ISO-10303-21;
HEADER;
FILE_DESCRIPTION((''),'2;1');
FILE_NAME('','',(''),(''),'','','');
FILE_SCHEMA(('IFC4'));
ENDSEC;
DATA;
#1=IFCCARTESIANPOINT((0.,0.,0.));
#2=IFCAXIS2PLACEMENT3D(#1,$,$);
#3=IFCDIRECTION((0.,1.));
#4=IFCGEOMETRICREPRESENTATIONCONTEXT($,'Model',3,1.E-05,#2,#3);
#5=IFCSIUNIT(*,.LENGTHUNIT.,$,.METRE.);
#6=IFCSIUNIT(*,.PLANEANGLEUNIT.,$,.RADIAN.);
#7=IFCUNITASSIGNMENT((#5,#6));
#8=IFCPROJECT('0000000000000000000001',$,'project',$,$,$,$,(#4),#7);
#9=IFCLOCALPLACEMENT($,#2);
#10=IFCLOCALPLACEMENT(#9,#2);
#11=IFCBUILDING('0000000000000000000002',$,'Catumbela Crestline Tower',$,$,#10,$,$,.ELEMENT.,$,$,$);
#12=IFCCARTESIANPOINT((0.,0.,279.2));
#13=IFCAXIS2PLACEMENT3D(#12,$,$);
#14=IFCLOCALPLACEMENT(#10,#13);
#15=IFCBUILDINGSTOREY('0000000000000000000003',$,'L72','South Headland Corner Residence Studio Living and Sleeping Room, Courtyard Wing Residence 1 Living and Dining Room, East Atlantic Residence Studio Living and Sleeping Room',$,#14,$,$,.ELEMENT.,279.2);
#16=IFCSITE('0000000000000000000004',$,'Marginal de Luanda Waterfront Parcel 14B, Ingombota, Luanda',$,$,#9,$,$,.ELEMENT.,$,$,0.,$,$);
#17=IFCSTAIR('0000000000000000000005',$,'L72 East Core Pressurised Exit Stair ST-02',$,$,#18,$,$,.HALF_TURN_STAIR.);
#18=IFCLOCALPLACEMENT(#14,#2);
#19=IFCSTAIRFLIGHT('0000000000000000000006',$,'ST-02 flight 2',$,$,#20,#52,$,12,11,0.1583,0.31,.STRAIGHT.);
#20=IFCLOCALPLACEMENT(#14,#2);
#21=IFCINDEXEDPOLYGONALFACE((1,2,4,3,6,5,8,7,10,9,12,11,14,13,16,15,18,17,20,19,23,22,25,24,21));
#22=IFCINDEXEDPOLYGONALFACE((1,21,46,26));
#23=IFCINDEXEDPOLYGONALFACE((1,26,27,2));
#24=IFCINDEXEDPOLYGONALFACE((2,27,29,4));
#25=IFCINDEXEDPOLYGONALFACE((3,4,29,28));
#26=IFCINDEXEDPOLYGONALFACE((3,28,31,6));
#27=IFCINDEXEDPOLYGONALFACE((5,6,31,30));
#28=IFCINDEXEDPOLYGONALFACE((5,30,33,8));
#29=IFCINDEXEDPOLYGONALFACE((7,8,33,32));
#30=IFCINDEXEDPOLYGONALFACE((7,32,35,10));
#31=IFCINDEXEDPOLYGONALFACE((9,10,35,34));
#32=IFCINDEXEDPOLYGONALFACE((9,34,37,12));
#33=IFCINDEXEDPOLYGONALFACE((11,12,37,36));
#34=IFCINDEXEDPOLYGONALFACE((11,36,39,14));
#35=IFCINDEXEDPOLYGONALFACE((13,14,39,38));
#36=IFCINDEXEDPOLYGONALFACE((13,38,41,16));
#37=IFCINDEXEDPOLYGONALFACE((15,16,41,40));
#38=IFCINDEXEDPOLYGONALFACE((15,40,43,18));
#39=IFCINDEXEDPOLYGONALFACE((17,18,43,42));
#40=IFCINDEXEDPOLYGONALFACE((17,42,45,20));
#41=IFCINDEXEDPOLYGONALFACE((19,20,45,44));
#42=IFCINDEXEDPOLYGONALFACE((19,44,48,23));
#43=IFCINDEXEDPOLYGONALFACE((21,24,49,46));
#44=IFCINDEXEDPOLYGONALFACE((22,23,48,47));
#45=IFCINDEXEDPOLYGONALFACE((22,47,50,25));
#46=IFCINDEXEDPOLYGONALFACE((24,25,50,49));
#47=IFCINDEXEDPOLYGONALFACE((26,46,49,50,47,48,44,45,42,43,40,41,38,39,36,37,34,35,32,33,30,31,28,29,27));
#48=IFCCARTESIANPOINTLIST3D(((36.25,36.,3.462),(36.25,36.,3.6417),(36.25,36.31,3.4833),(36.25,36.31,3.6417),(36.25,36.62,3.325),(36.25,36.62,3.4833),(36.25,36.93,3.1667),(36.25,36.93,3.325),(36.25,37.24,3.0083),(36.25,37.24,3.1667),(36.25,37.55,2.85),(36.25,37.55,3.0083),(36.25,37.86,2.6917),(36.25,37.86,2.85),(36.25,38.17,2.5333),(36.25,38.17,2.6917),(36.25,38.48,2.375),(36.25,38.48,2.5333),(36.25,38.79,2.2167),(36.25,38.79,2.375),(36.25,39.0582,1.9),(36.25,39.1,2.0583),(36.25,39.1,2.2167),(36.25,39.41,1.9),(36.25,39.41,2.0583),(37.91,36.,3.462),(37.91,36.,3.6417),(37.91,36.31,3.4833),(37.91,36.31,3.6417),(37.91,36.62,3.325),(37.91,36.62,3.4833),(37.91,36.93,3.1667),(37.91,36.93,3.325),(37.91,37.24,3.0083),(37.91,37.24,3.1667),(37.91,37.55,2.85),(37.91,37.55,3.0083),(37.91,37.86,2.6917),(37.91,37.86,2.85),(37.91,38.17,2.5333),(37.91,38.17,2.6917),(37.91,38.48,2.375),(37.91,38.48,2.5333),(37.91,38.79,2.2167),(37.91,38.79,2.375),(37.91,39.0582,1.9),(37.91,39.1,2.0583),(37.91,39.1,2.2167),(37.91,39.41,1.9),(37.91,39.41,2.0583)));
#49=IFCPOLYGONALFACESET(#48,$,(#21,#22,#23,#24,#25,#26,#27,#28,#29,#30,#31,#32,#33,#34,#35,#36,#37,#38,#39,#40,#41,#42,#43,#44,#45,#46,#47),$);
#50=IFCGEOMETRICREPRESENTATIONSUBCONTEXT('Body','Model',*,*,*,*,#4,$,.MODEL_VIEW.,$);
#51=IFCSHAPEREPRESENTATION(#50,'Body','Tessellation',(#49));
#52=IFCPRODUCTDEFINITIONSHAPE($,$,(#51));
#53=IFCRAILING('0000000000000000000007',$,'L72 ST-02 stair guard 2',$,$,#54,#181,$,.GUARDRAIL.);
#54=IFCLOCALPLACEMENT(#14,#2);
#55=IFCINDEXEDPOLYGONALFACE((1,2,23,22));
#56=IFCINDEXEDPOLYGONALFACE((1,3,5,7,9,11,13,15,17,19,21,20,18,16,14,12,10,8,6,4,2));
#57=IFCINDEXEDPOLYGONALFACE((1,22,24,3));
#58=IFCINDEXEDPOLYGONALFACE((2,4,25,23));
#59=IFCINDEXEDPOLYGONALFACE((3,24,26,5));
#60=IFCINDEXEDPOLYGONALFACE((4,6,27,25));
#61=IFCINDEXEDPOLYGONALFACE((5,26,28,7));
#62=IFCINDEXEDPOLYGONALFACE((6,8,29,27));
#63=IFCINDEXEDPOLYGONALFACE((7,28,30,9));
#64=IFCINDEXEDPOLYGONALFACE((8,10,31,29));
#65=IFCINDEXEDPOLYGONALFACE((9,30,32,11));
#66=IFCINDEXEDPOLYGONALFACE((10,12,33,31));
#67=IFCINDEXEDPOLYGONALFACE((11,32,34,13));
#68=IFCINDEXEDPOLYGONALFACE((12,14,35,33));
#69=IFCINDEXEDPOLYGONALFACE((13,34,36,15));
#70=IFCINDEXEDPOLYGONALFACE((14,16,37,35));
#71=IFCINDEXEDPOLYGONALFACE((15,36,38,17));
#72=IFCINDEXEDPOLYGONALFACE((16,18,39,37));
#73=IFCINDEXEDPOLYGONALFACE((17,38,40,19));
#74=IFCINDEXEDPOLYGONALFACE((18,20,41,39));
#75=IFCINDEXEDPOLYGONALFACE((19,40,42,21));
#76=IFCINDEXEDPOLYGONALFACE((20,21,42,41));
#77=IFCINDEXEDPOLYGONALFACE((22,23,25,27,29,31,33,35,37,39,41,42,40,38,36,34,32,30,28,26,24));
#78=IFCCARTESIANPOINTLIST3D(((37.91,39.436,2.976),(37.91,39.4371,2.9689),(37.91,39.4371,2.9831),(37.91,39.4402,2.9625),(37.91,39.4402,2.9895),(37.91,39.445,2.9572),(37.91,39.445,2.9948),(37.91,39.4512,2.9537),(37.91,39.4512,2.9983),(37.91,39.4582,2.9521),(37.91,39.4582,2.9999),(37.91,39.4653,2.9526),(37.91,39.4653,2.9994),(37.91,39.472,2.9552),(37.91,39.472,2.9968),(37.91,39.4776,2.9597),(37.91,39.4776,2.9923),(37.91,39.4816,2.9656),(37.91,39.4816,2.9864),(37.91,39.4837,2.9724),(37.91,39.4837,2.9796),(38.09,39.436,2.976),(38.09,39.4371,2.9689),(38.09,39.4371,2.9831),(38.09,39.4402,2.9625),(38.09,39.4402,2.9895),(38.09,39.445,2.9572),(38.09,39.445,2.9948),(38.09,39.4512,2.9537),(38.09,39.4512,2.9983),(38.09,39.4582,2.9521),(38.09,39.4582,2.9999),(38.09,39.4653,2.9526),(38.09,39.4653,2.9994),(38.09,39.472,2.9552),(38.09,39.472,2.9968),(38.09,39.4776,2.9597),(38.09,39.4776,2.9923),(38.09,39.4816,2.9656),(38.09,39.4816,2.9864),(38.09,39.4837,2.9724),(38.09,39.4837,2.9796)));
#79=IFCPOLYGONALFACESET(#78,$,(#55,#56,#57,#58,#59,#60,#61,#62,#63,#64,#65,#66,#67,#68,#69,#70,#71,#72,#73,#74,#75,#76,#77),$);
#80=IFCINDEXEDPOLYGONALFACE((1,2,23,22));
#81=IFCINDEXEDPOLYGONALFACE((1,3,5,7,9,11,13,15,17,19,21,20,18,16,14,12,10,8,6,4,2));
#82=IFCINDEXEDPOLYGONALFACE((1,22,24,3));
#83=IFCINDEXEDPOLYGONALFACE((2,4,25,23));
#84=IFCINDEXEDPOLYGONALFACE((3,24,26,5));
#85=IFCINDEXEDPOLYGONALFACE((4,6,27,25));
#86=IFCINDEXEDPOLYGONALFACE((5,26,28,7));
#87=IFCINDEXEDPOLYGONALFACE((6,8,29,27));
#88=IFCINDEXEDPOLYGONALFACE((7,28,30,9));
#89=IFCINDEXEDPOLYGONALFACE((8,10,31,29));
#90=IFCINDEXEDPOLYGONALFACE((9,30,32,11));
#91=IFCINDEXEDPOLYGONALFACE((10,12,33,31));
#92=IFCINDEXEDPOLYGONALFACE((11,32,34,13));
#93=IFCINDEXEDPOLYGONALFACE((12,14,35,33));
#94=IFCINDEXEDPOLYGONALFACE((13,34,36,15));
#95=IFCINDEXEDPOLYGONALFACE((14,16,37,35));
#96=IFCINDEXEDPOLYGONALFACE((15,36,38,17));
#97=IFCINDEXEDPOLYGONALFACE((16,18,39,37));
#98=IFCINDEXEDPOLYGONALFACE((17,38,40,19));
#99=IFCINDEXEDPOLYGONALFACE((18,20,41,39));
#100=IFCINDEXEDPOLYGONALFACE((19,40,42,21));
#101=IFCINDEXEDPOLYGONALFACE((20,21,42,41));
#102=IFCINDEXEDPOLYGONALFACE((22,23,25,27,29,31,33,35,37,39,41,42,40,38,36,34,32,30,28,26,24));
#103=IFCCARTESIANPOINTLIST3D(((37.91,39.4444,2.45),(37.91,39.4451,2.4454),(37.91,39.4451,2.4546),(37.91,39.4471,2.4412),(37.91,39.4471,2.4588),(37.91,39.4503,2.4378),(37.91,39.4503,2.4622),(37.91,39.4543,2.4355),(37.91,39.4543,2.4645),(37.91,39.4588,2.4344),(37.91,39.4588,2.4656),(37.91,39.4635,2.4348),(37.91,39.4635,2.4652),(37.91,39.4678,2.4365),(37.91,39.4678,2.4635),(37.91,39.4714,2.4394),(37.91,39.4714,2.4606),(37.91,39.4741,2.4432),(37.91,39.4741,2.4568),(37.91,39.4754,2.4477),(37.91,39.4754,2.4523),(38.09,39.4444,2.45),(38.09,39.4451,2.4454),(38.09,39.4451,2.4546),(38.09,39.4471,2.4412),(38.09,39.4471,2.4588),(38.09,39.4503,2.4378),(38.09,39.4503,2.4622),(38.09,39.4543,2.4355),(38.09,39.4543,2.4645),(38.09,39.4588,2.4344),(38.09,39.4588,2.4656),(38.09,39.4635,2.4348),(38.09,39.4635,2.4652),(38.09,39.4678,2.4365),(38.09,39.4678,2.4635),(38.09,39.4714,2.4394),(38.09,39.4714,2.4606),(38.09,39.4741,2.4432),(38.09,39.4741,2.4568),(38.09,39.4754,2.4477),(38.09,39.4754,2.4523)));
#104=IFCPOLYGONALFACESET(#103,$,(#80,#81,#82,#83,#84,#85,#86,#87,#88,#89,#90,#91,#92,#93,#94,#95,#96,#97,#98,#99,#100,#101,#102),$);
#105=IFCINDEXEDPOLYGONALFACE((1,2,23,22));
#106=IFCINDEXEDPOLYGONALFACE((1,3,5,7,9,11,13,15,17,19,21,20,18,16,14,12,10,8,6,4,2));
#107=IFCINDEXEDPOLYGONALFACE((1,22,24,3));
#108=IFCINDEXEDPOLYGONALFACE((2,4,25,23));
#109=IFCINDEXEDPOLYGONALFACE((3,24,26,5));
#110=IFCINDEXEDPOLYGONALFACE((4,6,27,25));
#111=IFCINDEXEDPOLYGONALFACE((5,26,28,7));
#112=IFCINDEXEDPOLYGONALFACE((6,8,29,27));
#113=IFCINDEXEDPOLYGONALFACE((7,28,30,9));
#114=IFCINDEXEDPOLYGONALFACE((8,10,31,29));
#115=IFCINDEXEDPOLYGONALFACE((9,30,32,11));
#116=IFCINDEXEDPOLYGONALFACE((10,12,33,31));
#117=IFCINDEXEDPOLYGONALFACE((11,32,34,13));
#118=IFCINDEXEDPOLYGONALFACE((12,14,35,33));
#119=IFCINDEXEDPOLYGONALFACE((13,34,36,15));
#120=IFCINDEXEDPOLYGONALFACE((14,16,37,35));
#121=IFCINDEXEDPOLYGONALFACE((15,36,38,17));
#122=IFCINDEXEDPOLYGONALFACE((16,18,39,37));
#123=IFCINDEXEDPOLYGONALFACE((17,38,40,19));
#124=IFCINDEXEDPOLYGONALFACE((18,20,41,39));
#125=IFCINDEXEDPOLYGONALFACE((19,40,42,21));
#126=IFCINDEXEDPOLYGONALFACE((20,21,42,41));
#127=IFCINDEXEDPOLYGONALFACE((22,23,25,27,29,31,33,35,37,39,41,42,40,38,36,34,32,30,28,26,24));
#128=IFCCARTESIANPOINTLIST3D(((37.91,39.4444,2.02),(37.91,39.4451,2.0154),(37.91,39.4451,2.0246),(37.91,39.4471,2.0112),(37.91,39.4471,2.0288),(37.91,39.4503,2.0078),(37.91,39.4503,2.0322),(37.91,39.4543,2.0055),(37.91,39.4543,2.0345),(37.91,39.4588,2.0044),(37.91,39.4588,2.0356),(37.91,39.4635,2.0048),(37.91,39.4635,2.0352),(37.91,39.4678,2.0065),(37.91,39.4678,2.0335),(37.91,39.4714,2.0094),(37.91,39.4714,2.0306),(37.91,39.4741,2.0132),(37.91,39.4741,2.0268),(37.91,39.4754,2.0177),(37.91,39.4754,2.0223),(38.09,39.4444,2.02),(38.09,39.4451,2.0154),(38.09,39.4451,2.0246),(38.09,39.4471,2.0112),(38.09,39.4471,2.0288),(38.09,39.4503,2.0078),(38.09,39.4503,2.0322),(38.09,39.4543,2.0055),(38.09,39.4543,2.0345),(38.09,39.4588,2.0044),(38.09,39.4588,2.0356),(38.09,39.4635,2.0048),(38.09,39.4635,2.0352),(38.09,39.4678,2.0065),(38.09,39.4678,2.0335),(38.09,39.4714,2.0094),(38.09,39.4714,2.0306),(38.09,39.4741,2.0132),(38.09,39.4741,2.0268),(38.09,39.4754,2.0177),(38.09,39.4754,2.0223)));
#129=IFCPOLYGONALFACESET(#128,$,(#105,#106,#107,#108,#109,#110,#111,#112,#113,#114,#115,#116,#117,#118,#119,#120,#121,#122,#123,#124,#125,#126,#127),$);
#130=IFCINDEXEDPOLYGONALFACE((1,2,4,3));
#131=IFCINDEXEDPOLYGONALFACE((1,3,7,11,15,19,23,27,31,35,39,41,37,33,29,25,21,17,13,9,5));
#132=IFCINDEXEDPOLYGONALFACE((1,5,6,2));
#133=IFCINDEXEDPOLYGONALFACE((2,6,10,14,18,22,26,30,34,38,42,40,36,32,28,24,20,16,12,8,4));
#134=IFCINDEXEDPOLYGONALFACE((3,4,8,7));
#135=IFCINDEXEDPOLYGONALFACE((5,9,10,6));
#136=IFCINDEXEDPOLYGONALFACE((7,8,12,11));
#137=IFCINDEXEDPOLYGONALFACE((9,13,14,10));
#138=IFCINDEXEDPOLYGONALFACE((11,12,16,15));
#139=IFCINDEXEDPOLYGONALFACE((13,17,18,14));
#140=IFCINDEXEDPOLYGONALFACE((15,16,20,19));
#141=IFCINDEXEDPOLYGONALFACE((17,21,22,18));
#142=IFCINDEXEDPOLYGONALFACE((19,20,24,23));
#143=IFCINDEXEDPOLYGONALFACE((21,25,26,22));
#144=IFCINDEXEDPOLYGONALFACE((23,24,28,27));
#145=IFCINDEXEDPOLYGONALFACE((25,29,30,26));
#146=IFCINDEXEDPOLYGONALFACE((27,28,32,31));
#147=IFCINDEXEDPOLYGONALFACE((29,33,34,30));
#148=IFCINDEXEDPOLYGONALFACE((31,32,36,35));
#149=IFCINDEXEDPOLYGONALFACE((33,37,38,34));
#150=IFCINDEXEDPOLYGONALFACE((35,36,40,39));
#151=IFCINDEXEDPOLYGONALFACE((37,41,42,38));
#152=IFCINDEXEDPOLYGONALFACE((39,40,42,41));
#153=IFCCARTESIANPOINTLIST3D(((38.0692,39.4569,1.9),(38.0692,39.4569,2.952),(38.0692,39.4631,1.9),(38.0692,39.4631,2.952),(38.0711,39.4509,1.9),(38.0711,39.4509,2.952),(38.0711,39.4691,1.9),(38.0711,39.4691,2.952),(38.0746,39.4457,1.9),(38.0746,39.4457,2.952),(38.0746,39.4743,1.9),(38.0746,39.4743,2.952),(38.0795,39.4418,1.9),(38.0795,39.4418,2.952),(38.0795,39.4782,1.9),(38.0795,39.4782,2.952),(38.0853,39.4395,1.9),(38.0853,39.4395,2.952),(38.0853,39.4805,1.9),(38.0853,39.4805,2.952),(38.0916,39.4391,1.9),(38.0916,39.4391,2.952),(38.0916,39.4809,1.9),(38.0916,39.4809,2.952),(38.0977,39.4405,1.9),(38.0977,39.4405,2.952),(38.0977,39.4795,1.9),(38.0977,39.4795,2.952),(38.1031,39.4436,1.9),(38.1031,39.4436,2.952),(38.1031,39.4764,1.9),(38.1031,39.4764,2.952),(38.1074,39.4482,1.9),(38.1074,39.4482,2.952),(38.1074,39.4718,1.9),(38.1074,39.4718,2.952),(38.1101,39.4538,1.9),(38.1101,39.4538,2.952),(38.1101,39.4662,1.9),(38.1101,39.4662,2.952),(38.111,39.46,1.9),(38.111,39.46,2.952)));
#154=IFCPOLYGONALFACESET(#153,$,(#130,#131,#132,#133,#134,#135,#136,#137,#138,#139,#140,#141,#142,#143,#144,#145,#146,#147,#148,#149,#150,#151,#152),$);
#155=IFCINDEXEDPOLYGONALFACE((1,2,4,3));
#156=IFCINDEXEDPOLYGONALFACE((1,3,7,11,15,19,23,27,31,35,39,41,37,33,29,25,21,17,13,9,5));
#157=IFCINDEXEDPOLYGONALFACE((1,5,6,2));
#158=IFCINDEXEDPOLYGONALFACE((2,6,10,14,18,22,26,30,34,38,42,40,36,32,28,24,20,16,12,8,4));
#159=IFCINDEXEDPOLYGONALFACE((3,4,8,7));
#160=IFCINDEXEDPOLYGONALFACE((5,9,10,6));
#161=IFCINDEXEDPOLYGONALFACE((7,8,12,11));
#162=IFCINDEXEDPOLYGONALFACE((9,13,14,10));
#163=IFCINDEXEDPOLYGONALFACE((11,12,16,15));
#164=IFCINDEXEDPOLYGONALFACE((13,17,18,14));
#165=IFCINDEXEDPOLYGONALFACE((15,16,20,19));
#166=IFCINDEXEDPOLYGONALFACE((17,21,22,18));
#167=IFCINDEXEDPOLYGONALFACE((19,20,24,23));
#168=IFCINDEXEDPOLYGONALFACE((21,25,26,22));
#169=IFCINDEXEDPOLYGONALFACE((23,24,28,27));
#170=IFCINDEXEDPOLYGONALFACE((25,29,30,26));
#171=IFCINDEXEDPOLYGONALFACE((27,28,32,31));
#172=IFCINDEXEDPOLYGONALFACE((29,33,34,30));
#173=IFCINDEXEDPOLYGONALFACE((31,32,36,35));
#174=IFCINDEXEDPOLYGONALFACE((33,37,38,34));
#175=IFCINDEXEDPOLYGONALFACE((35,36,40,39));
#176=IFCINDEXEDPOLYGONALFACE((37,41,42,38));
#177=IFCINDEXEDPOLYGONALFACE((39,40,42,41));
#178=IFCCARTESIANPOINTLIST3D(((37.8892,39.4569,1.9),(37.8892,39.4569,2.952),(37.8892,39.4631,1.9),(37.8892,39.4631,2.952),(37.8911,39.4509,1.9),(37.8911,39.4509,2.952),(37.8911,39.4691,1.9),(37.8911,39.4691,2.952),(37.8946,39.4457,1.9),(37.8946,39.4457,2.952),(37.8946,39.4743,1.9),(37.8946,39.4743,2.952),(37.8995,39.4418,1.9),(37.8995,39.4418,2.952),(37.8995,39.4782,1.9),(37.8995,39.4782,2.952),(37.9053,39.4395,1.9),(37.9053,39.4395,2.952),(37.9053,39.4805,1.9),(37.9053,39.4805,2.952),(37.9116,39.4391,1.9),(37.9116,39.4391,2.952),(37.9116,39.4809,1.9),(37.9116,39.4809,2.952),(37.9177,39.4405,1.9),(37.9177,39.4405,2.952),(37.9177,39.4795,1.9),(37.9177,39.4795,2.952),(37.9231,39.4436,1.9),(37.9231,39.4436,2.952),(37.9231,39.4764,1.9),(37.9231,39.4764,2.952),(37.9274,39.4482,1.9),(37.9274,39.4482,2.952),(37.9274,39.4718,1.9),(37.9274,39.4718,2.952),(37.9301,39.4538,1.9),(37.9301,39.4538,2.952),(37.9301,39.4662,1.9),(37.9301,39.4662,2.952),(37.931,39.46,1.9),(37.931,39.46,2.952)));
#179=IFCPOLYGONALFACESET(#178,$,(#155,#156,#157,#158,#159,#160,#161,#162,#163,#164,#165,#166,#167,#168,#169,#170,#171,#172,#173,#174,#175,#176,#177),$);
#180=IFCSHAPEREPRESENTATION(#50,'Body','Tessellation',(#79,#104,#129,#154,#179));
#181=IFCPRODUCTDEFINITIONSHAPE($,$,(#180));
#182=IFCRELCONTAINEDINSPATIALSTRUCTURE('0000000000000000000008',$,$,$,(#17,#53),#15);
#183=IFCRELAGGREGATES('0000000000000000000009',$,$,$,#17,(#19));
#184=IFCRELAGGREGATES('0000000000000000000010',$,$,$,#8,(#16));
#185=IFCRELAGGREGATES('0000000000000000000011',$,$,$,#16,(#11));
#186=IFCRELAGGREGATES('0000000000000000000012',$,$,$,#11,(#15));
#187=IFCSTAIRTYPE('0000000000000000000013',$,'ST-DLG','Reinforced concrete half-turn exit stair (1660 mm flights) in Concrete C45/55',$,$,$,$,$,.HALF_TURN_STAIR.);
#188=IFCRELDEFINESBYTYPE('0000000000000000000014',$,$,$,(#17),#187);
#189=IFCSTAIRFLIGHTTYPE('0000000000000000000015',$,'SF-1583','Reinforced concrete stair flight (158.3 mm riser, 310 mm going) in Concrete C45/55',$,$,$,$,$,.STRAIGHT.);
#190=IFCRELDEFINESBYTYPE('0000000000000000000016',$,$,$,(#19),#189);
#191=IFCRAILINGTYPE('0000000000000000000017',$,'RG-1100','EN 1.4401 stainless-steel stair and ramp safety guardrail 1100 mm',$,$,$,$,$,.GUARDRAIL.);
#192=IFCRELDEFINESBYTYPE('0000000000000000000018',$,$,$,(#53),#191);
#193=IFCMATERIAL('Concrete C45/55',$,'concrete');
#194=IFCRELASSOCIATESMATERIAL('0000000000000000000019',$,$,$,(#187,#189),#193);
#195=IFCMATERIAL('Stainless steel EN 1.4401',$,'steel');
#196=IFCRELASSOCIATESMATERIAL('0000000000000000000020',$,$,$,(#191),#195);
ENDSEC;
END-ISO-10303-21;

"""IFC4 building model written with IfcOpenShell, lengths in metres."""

from ifc_helpers import new_model, si_unit, direction, frame, origin, origin_2d, place, context, subcontext, project, spatial, polyline, circle, outline, extrude, material, type_object, element, aggregate, save


model = new_model("IFC4")

# Units and contexts
model_context = context("Model", 3, precision=1e-05, world=origin(), true_north=direction((0.0, 1.0)))
body_context = subcontext(model_context, "Body", "Model", "MODEL_VIEW")
ifc_project = project(units=[si_unit("LENGTHUNIT", "METRE"), si_unit("PLANEANGLEUNIT", "RADIAN")], contexts=[model_context])

# Site, building, storey
site_placement = place(None, origin())
site = spatial("IfcSite", under=ifc_project, at=site_placement, Name="Marginal de Luanda Waterfront Parcel 14B, Ingombota, Luanda", CompositionType="ELEMENT", RefElevation=0.0)
building_placement = place(site_placement, origin())
building = spatial("IfcBuilding", under=site, at=building_placement, Name="Catumbela Crestline Tower", CompositionType="ELEMENT")
storey_placement = place(building_placement, frame((0.0, 0.0, 279.2)))
storey = spatial("IfcBuildingStorey", under=building, at=storey_placement, Name="L72", Description="South Headland Corner Residence Studio Living and Sleeping Room, Courtyard Wing Residence 1 Living and Dining Room, East Atlantic Residence Studio Living and Sleeping Room", CompositionType="ELEMENT", Elevation=279.2)

# Shared definitions
ifc_material_1 = material(Name="Stainless steel EN 1.4401", Category="steel")

# Stair, stair flight
ifc_material_2 = material(Name="Concrete C45/55", Category="concrete")
stair_type = type_object("IfcStairType", Name="ST-DLG", Description="Reinforced concrete half-turn exit stair (1660 mm flights) in Concrete C45/55", PredefinedType="HALF_TURN_STAIR", material=ifc_material_2)
stair_placement = place(storey_placement, origin())
stair = element("IfcStair", 1, at=stair_placement, inside=storey, type_object=stair_type, Name="L72 East Core Pressurised Exit Stair ST-02", PredefinedType="HALF_TURN_STAIR")
stair_flight_type = type_object("IfcStairFlightType", Name="SF-1583", Description="Reinforced concrete stair flight (158.3 mm riser, 310 mm going) in Concrete C45/55", PredefinedType="STRAIGHT", material=ifc_material_2)
stair_flight_1_placement = place(storey_placement, frame((37.08, 39.41, 1.9), z_axis=(0.0, 0.0, 1.0), x_axis=(0.0, -1.0, 0.0)))
stair_flight_1 = element("IfcStairFlight", 2, at=stair_flight_1_placement, type_object=stair_flight_type, Name="ST-02 flight 2", NumberOfRisers=12, NumberOfTreads=11, PredefinedType="STRAIGHT", RiserHeight=0.1583, TreadLength=0.31, context=body_context, shape_type="SweptSolid", body=[
    extrude(outline(polyline([(0.0, 0.0), (0.0, 0.1583), (0.31, 0.1583), (0.31, 0.3167), (0.62, 0.3167), (0.62, 0.475), (0.93, 0.475), (0.93, 0.6333), (1.24, 0.6333), (1.24, 0.7917), (1.55, 0.7917), (1.55, 0.95), (1.86, 0.95), (1.86, 1.1083), (2.17, 1.1083), (2.17, 1.2667), (2.48, 1.2667), (2.48, 1.425), (2.79, 1.425), (2.79, 1.5833), (3.1, 1.5833), (3.1, 1.7417), (3.41, 1.7417), (3.41, 1.9), (3.41, 1.562), (0.3518, 0.0), (0.0, 0.0)])), frame((0.0, 0.83, 0.0), z_axis=(0.0, -1.0, 0.0), x_axis=(1.0, 0.0, 0.0)), (0.0, 0.0, 1.0), 1.66),
])
aggregate(stair, [stair_flight_1])

# Railing
railing_type_1 = type_object("IfcRailingType", Name="RG-1100", Description="EN 1.4401 stainless-steel stair and ramp safety guardrail 1100 mm", PredefinedType="GUARDRAIL", material=ifc_material_1)
railing_1_placement = place(storey_placement, frame((38.09, 39.46, 1.9)))
element("IfcRailing", 3, at=railing_1_placement, inside=storey, type_object=railing_type_1, Name="L72 ST-02 stair guard 2", PredefinedType="GUARDRAIL", context=body_context, shape_type="SweptSolid", body=[
    extrude(circle(Radius=0.024, at=origin_2d()), frame((0.0, 0.0, 1.076), z_axis=(-1.0, 0.0, 0.0), x_axis=(0.0, -1.0, 0.0)), (0.0, 0.0, 1.0), 0.18),
    extrude(circle(Radius=0.0156, at=origin_2d()), frame((0.0, 0.0, 0.55), z_axis=(-1.0, 0.0, 0.0), x_axis=(0.0, -1.0, 0.0)), (0.0, 0.0, 1.0), 0.18),
    extrude(circle(Radius=0.0156, at=origin_2d()), frame((0.0, 0.0, 0.12), z_axis=(-1.0, 0.0, 0.0), x_axis=(0.0, -1.0, 0.0)), (0.0, 0.0, 1.0), 0.18),
    extrude(circle(Radius=0.021, at=origin_2d()), origin(), (0.0, 0.0, 1.0), 1.052),
    extrude(circle(Radius=0.021, at=origin_2d()), frame((-0.18, 0.0, 0.0)), (0.0, 0.0, 1.0), 1.052),
])

save(model, "model.ifc")
